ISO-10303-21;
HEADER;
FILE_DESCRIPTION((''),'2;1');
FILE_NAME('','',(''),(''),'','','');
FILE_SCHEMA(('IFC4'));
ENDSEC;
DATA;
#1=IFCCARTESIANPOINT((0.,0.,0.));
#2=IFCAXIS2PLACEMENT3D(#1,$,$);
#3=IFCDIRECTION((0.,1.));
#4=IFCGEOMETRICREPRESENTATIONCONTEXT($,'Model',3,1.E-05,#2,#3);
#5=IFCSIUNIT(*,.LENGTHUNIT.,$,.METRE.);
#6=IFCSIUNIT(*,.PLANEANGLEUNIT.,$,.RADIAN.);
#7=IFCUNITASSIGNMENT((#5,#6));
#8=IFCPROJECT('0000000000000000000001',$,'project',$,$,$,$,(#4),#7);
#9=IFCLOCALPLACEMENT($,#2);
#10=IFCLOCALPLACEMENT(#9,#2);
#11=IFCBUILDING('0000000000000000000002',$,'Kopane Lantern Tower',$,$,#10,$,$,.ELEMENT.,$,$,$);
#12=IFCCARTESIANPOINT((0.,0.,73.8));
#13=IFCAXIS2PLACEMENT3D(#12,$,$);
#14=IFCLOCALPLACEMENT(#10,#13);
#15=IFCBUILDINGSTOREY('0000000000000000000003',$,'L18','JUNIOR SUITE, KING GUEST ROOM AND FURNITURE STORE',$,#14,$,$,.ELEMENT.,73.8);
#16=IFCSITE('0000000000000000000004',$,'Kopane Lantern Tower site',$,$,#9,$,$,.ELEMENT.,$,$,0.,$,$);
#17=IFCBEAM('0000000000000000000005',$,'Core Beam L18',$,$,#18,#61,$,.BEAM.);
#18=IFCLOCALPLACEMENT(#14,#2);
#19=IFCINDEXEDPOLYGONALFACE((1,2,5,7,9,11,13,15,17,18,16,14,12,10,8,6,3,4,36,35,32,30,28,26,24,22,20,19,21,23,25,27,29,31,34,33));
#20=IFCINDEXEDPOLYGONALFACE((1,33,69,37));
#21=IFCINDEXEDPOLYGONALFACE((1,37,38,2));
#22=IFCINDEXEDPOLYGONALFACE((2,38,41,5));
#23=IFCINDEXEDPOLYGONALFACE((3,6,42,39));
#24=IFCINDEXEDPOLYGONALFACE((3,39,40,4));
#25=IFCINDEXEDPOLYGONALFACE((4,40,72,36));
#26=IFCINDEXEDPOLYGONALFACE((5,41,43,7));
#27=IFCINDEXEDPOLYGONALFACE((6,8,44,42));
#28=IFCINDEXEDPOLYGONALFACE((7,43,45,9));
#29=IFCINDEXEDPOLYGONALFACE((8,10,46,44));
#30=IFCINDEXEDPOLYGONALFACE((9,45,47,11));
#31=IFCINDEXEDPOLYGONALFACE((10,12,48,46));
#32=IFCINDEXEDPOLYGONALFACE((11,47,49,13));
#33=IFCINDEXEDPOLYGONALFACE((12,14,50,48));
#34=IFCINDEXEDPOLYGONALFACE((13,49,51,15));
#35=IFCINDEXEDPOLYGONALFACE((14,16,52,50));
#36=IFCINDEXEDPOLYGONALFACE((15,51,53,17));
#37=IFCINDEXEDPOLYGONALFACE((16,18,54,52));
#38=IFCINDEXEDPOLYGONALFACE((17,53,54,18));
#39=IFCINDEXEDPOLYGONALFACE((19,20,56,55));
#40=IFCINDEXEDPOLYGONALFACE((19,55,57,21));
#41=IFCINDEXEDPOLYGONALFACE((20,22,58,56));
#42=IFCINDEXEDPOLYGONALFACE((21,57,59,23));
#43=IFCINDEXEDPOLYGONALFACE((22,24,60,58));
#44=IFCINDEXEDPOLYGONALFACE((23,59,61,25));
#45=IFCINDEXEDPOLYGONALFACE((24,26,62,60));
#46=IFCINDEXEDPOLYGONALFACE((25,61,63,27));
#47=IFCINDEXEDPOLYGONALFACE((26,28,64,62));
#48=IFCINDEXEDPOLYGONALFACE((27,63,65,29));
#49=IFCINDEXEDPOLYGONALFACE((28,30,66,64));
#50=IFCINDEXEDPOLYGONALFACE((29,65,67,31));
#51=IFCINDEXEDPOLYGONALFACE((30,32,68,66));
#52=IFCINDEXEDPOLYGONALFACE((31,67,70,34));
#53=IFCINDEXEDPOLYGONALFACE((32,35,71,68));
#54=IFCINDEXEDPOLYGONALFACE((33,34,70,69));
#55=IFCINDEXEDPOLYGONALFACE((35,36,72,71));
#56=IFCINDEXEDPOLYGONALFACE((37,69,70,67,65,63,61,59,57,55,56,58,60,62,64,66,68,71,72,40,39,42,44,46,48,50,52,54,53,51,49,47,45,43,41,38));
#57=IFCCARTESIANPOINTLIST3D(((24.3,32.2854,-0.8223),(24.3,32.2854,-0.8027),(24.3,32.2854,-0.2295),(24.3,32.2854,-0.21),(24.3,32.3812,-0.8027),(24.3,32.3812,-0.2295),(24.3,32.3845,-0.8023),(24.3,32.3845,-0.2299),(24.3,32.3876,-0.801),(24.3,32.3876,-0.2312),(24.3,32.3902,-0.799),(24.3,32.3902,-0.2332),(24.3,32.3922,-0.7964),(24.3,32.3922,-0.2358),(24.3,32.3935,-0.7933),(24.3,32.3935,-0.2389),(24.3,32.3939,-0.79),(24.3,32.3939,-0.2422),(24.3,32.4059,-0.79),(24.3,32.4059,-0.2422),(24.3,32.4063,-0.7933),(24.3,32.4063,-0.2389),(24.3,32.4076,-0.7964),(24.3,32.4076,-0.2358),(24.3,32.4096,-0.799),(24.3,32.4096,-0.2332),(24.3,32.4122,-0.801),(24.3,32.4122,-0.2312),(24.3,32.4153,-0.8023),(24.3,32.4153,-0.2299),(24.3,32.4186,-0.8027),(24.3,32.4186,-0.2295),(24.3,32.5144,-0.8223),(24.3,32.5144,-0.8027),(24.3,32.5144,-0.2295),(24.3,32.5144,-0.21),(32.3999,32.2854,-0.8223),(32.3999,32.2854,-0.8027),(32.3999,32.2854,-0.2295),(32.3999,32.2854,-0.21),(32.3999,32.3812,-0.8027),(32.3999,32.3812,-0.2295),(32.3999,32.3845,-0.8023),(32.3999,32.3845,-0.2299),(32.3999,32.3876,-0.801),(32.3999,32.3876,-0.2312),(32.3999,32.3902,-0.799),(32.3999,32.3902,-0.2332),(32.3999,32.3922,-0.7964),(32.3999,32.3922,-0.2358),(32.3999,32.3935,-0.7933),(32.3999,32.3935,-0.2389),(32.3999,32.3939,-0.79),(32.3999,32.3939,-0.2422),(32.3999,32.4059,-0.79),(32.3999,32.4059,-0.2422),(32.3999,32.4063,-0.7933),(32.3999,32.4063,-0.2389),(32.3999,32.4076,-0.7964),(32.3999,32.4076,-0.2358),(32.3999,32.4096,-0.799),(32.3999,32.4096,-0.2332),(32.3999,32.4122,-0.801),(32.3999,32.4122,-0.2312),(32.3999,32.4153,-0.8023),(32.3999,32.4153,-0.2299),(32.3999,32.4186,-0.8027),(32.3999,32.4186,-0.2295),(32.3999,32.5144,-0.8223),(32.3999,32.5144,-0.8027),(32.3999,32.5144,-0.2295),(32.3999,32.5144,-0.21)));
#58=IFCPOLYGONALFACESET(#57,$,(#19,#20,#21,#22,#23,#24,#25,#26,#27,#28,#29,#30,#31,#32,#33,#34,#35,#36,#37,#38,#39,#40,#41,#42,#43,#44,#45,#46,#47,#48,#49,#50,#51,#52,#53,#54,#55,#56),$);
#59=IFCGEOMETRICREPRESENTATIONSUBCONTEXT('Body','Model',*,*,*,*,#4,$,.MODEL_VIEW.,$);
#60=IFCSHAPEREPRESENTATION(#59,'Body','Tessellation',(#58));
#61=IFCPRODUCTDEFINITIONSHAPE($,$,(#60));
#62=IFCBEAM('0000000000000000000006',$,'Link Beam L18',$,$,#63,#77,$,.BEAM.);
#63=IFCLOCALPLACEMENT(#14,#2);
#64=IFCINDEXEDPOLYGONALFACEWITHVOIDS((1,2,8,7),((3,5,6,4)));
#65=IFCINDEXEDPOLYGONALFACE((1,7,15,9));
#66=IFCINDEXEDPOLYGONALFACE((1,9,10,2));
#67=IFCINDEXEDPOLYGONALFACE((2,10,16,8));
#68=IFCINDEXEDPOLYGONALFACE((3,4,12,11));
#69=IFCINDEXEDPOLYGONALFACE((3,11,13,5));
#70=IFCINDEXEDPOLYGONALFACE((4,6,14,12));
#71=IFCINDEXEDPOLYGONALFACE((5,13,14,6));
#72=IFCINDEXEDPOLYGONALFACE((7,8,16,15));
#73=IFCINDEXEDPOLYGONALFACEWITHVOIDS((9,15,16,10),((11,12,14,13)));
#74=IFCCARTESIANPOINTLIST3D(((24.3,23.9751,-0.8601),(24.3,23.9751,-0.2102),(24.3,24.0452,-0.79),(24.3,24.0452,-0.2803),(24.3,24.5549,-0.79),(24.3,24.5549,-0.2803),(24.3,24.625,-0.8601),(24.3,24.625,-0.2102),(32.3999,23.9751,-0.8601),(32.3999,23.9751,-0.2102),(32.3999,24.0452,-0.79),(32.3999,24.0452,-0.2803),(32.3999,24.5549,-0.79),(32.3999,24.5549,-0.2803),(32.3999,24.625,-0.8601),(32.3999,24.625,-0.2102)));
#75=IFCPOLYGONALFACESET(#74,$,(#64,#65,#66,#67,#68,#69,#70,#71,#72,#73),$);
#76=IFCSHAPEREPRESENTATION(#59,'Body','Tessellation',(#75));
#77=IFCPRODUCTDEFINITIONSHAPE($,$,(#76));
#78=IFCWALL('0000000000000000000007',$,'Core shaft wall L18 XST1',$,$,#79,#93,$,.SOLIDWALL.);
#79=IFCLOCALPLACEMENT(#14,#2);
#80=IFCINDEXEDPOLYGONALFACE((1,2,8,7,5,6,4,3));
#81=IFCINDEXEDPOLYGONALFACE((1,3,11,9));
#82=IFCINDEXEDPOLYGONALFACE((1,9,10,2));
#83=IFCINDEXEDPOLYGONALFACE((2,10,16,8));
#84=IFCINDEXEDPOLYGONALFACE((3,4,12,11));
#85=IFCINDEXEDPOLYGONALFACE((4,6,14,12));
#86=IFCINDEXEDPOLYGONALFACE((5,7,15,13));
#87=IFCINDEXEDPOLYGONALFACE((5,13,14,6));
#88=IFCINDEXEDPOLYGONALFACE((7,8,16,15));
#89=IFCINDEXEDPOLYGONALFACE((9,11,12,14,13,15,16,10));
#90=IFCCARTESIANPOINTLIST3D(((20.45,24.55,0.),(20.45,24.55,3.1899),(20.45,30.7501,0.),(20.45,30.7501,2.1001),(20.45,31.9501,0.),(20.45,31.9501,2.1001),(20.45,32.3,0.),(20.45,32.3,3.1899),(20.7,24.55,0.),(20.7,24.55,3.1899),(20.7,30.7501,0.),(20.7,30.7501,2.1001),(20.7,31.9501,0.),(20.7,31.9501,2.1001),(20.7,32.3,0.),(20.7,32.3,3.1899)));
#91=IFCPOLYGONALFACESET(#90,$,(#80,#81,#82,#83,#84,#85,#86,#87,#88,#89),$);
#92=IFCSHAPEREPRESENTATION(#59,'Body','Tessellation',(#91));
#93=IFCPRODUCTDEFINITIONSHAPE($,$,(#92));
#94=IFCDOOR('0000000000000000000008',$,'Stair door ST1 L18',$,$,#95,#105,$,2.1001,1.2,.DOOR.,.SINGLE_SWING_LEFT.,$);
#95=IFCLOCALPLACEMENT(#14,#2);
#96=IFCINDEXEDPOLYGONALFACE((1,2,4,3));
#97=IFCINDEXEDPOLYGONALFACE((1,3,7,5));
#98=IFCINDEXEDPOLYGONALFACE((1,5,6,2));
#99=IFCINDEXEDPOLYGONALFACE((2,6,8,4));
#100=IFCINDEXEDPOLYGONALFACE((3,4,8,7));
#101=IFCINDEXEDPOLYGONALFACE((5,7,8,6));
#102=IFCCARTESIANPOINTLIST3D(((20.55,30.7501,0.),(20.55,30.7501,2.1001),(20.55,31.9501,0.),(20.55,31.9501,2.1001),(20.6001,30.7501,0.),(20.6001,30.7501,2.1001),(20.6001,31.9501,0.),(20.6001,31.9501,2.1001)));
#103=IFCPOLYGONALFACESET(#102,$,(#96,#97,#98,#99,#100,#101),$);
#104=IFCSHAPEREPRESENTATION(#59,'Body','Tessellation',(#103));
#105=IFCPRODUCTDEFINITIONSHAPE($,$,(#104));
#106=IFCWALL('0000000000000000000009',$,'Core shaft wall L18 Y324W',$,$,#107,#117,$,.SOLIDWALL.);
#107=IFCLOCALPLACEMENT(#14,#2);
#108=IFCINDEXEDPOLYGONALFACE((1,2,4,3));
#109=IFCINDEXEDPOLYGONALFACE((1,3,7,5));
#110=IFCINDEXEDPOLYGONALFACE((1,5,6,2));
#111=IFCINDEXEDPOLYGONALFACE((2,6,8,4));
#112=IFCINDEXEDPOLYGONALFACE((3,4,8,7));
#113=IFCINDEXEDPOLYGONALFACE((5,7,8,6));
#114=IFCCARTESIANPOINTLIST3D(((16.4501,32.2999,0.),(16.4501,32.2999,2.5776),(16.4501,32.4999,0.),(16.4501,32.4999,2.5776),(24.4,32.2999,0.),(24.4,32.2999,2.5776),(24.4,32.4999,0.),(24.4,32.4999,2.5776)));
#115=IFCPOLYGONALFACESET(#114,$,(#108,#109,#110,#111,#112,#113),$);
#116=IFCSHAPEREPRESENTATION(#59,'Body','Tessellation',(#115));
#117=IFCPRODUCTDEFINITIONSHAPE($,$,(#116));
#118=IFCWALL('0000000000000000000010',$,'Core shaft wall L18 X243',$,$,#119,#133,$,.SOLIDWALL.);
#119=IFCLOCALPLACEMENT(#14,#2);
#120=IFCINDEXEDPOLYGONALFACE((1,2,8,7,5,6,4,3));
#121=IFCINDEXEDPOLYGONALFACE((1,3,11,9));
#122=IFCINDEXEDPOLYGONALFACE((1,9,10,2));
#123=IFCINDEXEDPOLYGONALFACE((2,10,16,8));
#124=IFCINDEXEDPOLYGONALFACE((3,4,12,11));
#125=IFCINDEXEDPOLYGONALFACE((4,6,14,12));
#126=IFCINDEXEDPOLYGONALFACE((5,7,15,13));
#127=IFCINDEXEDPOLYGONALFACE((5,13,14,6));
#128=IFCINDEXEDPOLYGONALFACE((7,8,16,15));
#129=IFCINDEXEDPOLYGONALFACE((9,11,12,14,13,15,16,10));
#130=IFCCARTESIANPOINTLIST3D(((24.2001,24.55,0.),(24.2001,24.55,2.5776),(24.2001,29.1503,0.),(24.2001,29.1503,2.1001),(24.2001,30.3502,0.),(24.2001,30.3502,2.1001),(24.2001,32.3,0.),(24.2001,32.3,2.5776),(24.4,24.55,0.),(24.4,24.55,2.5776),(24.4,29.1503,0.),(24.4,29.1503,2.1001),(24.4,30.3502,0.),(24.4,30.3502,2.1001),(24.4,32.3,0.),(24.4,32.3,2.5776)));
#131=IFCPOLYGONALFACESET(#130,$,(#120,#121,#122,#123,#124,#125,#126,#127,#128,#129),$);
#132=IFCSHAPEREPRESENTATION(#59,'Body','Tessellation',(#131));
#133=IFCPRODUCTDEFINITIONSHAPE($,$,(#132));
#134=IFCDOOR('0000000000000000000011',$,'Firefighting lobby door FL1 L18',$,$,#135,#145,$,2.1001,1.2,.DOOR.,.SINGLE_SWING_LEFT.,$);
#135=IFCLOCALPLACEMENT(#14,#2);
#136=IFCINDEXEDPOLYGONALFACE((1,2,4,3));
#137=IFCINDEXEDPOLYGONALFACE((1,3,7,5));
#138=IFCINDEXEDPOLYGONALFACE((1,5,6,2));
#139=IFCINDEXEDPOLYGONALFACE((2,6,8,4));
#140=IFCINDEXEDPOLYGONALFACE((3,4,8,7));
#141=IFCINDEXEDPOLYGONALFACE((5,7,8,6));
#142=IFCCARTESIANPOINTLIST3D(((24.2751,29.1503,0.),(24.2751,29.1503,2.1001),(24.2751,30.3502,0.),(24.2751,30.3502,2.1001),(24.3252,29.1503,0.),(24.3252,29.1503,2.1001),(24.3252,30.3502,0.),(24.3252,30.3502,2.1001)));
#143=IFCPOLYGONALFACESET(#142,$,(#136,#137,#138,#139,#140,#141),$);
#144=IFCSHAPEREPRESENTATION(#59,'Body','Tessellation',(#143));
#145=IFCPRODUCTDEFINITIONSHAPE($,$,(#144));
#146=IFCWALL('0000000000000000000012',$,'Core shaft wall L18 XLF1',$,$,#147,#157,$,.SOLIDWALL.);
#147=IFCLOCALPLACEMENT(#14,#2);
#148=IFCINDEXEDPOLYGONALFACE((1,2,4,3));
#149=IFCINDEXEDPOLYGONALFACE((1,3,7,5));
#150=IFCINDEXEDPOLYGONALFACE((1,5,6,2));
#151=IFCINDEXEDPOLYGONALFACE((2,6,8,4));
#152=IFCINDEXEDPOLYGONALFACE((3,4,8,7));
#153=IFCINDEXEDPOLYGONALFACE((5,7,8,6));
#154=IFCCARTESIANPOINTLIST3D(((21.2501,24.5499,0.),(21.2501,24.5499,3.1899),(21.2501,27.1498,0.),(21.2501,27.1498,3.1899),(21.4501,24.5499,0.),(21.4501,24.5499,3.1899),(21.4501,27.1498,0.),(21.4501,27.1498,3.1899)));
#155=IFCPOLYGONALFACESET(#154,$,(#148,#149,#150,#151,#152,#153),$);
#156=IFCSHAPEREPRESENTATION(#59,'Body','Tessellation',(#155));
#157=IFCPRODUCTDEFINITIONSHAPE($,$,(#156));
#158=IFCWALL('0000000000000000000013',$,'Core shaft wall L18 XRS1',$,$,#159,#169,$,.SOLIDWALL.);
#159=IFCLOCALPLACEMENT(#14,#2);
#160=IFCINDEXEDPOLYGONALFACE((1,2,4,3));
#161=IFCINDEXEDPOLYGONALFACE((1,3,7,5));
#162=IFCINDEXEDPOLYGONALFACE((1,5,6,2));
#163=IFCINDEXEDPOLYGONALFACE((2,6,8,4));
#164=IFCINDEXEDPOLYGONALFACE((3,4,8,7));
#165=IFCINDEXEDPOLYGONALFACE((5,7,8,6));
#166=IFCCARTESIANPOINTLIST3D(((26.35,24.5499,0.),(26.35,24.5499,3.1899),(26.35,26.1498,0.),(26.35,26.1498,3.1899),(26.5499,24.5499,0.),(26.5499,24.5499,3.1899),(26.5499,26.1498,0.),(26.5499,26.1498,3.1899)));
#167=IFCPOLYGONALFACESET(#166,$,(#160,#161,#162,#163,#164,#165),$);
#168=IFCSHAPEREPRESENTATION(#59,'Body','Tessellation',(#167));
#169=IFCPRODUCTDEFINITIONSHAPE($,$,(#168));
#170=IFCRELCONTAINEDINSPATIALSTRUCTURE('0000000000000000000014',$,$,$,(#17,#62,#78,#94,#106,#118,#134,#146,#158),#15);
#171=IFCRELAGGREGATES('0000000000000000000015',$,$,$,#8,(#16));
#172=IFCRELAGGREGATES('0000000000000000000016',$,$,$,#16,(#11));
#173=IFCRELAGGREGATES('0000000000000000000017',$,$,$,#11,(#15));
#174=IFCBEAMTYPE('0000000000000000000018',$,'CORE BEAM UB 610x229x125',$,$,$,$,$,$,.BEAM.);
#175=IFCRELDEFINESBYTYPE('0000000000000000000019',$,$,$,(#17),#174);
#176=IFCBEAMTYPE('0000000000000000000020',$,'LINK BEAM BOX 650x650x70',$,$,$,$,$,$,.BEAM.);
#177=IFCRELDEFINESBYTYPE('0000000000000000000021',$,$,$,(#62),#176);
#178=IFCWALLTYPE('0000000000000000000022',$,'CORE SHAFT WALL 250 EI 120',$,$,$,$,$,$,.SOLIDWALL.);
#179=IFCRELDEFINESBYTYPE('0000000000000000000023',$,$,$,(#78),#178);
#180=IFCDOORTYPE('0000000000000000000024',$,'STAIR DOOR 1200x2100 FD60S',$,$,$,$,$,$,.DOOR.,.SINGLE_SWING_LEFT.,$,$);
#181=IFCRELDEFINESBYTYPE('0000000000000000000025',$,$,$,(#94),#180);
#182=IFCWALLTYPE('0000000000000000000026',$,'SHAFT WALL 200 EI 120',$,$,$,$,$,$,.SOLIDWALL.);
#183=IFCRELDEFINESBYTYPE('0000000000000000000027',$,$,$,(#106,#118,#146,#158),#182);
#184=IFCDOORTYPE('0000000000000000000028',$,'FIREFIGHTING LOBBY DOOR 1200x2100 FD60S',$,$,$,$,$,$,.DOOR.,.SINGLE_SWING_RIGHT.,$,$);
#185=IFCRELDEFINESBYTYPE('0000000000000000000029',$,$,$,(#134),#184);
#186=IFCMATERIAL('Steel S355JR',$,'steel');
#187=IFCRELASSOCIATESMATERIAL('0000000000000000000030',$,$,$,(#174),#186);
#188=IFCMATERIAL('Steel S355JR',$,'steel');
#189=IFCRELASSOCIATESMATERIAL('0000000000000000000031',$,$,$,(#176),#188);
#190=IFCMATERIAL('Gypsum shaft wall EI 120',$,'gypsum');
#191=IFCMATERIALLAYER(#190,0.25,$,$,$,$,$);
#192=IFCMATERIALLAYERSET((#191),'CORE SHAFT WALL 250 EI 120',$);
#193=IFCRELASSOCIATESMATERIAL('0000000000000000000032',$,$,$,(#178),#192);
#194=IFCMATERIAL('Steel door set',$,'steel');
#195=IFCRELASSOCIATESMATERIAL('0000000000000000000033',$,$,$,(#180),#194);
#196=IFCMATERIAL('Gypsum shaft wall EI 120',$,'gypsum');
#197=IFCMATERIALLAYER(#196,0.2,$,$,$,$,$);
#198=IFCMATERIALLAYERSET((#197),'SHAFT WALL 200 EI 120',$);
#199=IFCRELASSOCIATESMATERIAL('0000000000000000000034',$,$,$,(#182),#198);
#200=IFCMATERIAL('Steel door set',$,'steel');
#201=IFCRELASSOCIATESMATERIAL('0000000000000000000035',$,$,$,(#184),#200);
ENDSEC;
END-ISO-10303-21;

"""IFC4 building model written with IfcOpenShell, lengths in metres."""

from ifc_helpers import new_model, si_unit, direction, frame, frame_2d, origin, origin_2d, place, context, subcontext, project, spatial, rectangle, hollow_rectangle, i_section, extrude, material, layer, layer_set, material_profile, profile_set, type_object, element, fill, save


model = new_model("IFC4")

# Units and contexts
model_context = context("Model", 3, precision=1e-05, world=origin(), true_north=direction((0.0, 1.0)))
body_context = subcontext(model_context, "Body", "Model", "MODEL_VIEW")
ifc_project = project(units=[si_unit("LENGTHUNIT", "METRE"), si_unit("PLANEANGLEUNIT", "RADIAN")], contexts=[model_context])

# Site, building, storey
site_placement = place(None, origin())
site = spatial("IfcSite", under=ifc_project, at=site_placement, Name="Kopane Lantern Tower site", CompositionType="ELEMENT", RefElevation=0.0)
building_placement = place(site_placement, origin())
building = spatial("IfcBuilding", under=site, at=building_placement, Name="Kopane Lantern Tower", CompositionType="ELEMENT")
storey_placement = place(building_placement, frame((0.0, 0.0, 73.8)))
storey = spatial("IfcBuildingStorey", under=building, at=storey_placement, Name="L18", Description="JUNIOR SUITE, KING GUEST ROOM AND FURNITURE STORE", CompositionType="ELEMENT", Elevation=73.8)

# Beams
ifc_material_1 = material(Name="Steel S355JR", Category="steel")
ifc_material_profile_1 = material_profile(ifc_material_1, i_section(OverallWidth=0.229, OverallDepth=0.6123, WebThickness=0.012, FlangeThickness=0.0195, FilletRadius=0.0127, at=origin_2d()), Name="UB 610x229x125")
ifc_profile_set_1 = profile_set([ifc_material_profile_1], Name="Steel S355JR")
beam_type_1 = type_object("IfcBeamType", Name="CORE BEAM UB 610x229x125", PredefinedType="BEAM", material=ifc_profile_set_1)
beam_1_placement = place(storey_placement, frame((24.3, 32.3999, -0.5161), z_axis=(1.0, 0.0, 0.0), x_axis=(0.0, 1.0, 0.0)))
element("IfcBeam", 1, at=beam_1_placement, inside=storey, type_object=beam_type_1, Name="Core Beam L18", PredefinedType="BEAM", context=body_context, shape_type="SweptSolid", body=[
    extrude(i_section(OverallWidth=0.229, OverallDepth=0.6123, WebThickness=0.012, FlangeThickness=0.0195, FilletRadius=0.0127, at=origin_2d()), origin(), (0.0, 0.0, 1.0), 8.0999),
])
ifc_material_2 = material(Name="Steel S355JR", Category="steel")
ifc_material_profile_2 = material_profile(ifc_material_2, hollow_rectangle(XDim=0.6499, YDim=0.6499, WallThickness=0.0701, at=origin_2d()), Name="BOX 650x650x70")
ifc_profile_set_2 = profile_set([ifc_material_profile_2], Name="Steel S355JR")
beam_type_2 = type_object("IfcBeamType", Name="LINK BEAM BOX 650x650x70", PredefinedType="BEAM", material=ifc_profile_set_2)
beam_2_placement = place(storey_placement, frame((24.3, 24.3, -0.5352), z_axis=(1.0, 0.0, 0.0), x_axis=(0.0, 1.0, 0.0)))
element("IfcBeam", 2, at=beam_2_placement, inside=storey, type_object=beam_type_2, Name="Link Beam L18", PredefinedType="BEAM", context=body_context, shape_type="SweptSolid", body=[
    extrude(hollow_rectangle(XDim=0.6499, YDim=0.6499, WallThickness=0.0701, at=origin_2d()), origin(), (0.0, 0.0, 1.0), 8.0999),
])

# Wall, opening, door
ifc_material_3 = material(Name="Gypsum shaft wall EI 120", Category="gypsum")
ifc_layer_1 = layer(ifc_material_3, 0.25)
ifc_layer_set_1 = layer_set([ifc_layer_1], Name="CORE SHAFT WALL 250 EI 120")
wall_type_1 = type_object("IfcWallType", Name="CORE SHAFT WALL 250 EI 120", PredefinedType="SOLIDWALL", material=ifc_layer_set_1)
wall_1_placement = place(storey_placement, frame((20.575, 24.55, 0.0), z_axis=(0.0, 0.0, 1.0), x_axis=(0.0, 1.0, 0.0)))
wall_1 = element("IfcWall", 3, at=wall_1_placement, inside=storey, type_object=wall_type_1, Name="Core shaft wall L18 XST1", PredefinedType="SOLIDWALL", context=body_context, shape_type="SweptSolid", body=[
    extrude(rectangle(XDim=7.75, YDim=0.25, at=frame_2d((3.875, 0.0))), origin(), (0.0, 0.0, 1.0), 3.1899),
])
opening_1_placement = place(wall_1_placement, frame((6.2, 0.0, 0.0)))
opening_1 = element("IfcOpeningElement", 4, at=opening_1_placement, cuts=wall_1, PredefinedType="OPENING", context=body_context, shape_type="SweptSolid", body=[
    extrude(rectangle(XDim=1.2, YDim=2.1001, at=frame_2d((0.6001, 1.05))), frame((0.0, 0.135, 0.0), z_axis=(0.0, -1.0, 0.0), x_axis=(1.0, 0.0, 0.0)), (0.0, 0.0, 1.0), 0.27),
])
ifc_material_4 = material(Name="Steel door set", Category="steel")
door_type_1 = type_object("IfcDoorType", Name="STAIR DOOR 1200x2100 FD60S", OperationType="SINGLE_SWING_LEFT", PredefinedType="DOOR", material=ifc_material_4)
door_1_placement = place(opening_1_placement, origin())
door_1 = element("IfcDoor", 5, at=door_1_placement, inside=storey, type_object=door_type_1, Name="Stair door ST1 L18", OperationType="SINGLE_SWING_LEFT", OverallHeight=2.1001, OverallWidth=1.2, PredefinedType="DOOR", context=body_context, shape_type="SweptSolid", body=[
    extrude(rectangle(XDim=1.2, YDim=2.1001, at=frame_2d((0.6001, 1.05))), frame((0.0, 0.0249, 0.0), z_axis=(0.0, -1.0, 0.0), x_axis=(1.0, 0.0, 0.0)), (0.0, 0.0, 1.0), 0.05),
])
fill(opening_1, door_1)

# Wall
ifc_material_5 = material(Name="Gypsum shaft wall EI 120", Category="gypsum")
ifc_layer_2 = layer(ifc_material_5, 0.2)
ifc_layer_set_2 = layer_set([ifc_layer_2], Name="SHAFT WALL 200 EI 120")
wall_type_2 = type_object("IfcWallType", Name="SHAFT WALL 200 EI 120", PredefinedType="SOLIDWALL", material=ifc_layer_set_2)
wall_2_placement = place(storey_placement, frame((16.45, 32.3999, 0.0), z_axis=(0.0, 0.0, 1.0), x_axis=(1.0, 0.0, 0.0)))
element("IfcWall", 6, at=wall_2_placement, inside=storey, type_object=wall_type_2, Name="Core shaft wall L18 Y324W", PredefinedType="SOLIDWALL", context=body_context, shape_type="SweptSolid", body=[
    extrude(rectangle(XDim=7.95, YDim=0.2, at=frame_2d((3.9751, 0.0))), origin(), (0.0, 0.0, 1.0), 2.5776),
])

# Wall, opening, door
wall_3_placement = place(storey_placement, frame((24.3, 24.55, 0.0), z_axis=(0.0, 0.0, 1.0), x_axis=(0.0, 1.0, 0.0)))
wall_3 = element("IfcWall", 7, at=wall_3_placement, inside=storey, type_object=wall_type_2, Name="Core shaft wall L18 X243", PredefinedType="SOLIDWALL", context=body_context, shape_type="SweptSolid", body=[
    extrude(rectangle(XDim=7.75, YDim=0.2, at=frame_2d((3.875, 0.0))), origin(), (0.0, 0.0, 1.0), 2.5776),
])
opening_2_placement = place(wall_3_placement, frame((4.6001, 0.0, 0.0)))
opening_2 = element("IfcOpeningElement", 8, at=opening_2_placement, cuts=wall_3, PredefinedType="OPENING", context=body_context, shape_type="SweptSolid", body=[
    extrude(rectangle(XDim=1.2, YDim=2.1001, at=frame_2d((0.6001, 1.05))), frame((0.0, 0.1099, 0.0), z_axis=(0.0, -1.0, 0.0), x_axis=(1.0, 0.0, 0.0)), (0.0, 0.0, 1.0), 0.22),
])
ifc_material_6 = material(Name="Steel door set", Category="steel")
door_type_2 = type_object("IfcDoorType", Name="FIREFIGHTING LOBBY DOOR 1200x2100 FD60S", OperationType="SINGLE_SWING_RIGHT", PredefinedType="DOOR", material=ifc_material_6)
door_2_placement = place(opening_2_placement, origin())
door_2 = element("IfcDoor", 9, at=door_2_placement, inside=storey, type_object=door_type_2, Name="Firefighting lobby door FL1 L18", OperationType="SINGLE_SWING_LEFT", OverallHeight=2.1001, OverallWidth=1.2, PredefinedType="DOOR", context=body_context, shape_type="SweptSolid", body=[
    extrude(rectangle(XDim=1.2, YDim=2.1001, at=frame_2d((0.6001, 1.05))), frame((0.0, 0.0249, 0.0), z_axis=(0.0, -1.0, 0.0), x_axis=(1.0, 0.0, 0.0)), (0.0, 0.0, 1.0), 0.05),
])
fill(opening_2, door_2)

# Walls
wall_4_placement = place(storey_placement, frame((21.3501, 24.55, 0.0), z_axis=(0.0, 0.0, 1.0), x_axis=(0.0, 1.0, 0.0)))
element("IfcWall", 10, at=wall_4_placement, inside=storey, type_object=wall_type_2, Name="Core shaft wall L18 XLF1", PredefinedType="SOLIDWALL", context=body_context, shape_type="SweptSolid", body=[
    extrude(rectangle(XDim=2.5999, YDim=0.2, at=frame_2d((1.2998, 0.0))), origin(), (0.0, 0.0, 1.0), 3.1899),
])
wall_5_placement = place(storey_placement, frame((26.45, 24.55, 0.0), z_axis=(0.0, 0.0, 1.0), x_axis=(0.0, 1.0, 0.0)))
element("IfcWall", 11, at=wall_5_placement, inside=storey, type_object=wall_type_2, Name="Core shaft wall L18 XRS1", PredefinedType="SOLIDWALL", context=body_context, shape_type="SweptSolid", body=[
    extrude(rectangle(XDim=1.5999, YDim=0.2, at=frame_2d((0.7998, 0.0))), origin(), (0.0, 0.0, 1.0), 3.1899),
])

save(model, "model.ifc")
